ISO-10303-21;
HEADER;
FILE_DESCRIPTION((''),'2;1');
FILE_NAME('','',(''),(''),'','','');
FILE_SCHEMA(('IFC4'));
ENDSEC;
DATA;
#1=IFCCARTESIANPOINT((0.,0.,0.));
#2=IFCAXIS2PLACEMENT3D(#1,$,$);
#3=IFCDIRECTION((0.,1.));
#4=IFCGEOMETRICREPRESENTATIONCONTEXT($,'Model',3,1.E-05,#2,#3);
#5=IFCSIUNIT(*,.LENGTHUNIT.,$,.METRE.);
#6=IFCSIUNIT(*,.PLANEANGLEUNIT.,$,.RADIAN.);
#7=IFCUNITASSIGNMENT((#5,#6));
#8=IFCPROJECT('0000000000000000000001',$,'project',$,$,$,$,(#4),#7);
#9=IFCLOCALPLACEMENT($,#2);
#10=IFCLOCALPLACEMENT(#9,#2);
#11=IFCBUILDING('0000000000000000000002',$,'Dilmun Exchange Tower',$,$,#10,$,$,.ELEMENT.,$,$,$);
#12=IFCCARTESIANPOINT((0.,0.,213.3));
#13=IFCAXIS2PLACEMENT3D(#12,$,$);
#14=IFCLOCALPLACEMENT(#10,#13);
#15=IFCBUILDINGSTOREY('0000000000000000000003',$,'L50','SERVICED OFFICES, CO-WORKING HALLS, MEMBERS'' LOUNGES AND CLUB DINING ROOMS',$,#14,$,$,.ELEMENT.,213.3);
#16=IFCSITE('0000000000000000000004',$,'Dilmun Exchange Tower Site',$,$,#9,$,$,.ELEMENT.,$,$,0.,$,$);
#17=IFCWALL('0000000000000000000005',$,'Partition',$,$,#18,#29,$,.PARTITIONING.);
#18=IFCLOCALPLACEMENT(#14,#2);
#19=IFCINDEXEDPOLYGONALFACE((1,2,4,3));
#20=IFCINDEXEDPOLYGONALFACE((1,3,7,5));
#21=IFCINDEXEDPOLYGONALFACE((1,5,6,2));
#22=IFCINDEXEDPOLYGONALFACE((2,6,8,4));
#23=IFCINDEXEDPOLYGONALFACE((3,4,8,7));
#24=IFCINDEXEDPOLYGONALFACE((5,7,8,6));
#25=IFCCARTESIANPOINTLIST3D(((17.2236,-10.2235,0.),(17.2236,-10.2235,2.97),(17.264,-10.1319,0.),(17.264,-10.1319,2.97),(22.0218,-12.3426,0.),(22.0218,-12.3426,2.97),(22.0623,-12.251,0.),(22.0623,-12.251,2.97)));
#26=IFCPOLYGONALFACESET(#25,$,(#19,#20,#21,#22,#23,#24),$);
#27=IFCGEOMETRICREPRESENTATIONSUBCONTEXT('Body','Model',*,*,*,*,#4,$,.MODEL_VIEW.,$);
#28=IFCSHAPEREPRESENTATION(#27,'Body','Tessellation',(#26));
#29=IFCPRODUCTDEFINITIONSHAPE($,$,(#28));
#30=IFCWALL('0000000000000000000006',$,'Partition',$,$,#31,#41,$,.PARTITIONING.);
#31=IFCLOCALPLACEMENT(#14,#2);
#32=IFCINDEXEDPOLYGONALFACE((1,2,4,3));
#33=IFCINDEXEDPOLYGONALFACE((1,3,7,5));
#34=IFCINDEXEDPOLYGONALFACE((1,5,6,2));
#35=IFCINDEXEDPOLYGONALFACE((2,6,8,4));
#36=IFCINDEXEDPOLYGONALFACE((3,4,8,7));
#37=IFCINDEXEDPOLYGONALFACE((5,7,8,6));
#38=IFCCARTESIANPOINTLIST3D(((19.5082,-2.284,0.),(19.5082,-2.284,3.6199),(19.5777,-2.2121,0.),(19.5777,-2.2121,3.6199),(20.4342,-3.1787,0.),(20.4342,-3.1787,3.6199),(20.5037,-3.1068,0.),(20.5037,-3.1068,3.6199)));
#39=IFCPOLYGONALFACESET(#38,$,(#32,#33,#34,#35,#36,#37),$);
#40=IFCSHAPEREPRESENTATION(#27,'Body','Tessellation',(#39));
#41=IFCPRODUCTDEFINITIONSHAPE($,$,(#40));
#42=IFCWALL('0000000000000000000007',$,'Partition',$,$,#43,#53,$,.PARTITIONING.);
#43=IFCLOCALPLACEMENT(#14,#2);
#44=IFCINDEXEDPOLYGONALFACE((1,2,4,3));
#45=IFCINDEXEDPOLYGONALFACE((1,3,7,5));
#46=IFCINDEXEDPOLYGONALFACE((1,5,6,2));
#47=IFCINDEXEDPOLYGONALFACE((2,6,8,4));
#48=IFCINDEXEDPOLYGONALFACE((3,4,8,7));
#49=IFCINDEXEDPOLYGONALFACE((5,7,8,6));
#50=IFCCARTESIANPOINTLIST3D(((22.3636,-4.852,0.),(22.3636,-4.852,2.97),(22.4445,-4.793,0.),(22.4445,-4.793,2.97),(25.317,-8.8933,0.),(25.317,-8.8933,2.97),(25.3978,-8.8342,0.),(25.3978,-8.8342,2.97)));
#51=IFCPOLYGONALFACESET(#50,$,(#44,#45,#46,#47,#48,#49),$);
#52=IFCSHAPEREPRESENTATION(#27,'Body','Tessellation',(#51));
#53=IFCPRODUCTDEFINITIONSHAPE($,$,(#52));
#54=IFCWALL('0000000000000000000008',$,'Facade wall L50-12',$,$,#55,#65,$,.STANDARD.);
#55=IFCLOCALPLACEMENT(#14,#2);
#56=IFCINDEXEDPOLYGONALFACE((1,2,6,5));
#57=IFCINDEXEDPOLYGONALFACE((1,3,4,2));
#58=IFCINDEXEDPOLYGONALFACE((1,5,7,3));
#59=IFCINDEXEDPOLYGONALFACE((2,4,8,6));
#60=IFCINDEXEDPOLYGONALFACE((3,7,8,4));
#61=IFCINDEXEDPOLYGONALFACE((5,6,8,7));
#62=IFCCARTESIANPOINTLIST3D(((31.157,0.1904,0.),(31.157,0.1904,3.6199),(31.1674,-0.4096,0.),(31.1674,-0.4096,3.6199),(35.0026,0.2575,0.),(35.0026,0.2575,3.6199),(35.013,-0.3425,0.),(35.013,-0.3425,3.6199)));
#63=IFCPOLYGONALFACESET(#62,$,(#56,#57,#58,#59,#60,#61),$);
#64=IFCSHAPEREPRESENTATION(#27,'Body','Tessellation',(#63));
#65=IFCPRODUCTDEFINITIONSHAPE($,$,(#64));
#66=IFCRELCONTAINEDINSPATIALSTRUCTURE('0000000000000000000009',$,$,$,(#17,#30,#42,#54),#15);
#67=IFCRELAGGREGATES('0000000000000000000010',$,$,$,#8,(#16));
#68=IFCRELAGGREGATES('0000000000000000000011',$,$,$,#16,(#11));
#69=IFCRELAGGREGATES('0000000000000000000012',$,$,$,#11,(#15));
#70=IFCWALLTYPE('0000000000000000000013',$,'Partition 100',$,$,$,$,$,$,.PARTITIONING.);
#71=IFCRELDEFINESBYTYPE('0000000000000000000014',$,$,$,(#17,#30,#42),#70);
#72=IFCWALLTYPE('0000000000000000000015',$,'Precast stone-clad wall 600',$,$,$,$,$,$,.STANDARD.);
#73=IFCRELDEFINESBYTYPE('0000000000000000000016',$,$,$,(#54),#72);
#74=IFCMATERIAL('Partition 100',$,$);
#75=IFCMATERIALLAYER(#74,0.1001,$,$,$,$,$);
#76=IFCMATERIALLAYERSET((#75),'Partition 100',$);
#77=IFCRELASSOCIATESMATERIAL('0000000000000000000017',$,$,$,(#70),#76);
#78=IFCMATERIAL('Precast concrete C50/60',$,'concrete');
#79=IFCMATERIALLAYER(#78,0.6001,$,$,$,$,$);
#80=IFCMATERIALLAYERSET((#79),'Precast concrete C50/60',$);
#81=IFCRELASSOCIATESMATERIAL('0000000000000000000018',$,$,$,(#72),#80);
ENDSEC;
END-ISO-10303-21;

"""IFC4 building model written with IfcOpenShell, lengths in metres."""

from ifc_helpers import new_model, si_unit, direction, frame, frame_2d, origin, place, context, subcontext, project, spatial, rectangle, extrude, material, layer, layer_set, type_object, element, save


model = new_model("IFC4")

# Units and contexts
model_context = context("Model", 3, precision=1e-05, world=origin(), true_north=direction((0.0, 1.0)))
body_context = subcontext(model_context, "Body", "Model", "MODEL_VIEW")
ifc_project = project(units=[si_unit("LENGTHUNIT", "METRE"), si_unit("PLANEANGLEUNIT", "RADIAN")], contexts=[model_context])

# Site, building, storey
site_placement = place(None, origin())
site = spatial("IfcSite", under=ifc_project, at=site_placement, Name="Dilmun Exchange Tower Site", CompositionType="ELEMENT", RefElevation=0.0)
building_placement = place(site_placement, origin())
building = spatial("IfcBuilding", under=site, at=building_placement, Name="Dilmun Exchange Tower", CompositionType="ELEMENT")
storey_placement = place(building_placement, frame((0.0, 0.0, 213.3)))
storey = spatial("IfcBuildingStorey", under=building, at=storey_placement, Name="L50", Description="SERVICED OFFICES, CO-WORKING HALLS, MEMBERS' LOUNGES AND CLUB DINING ROOMS", CompositionType="ELEMENT", Elevation=213.3)

# Walls
ifc_material_1 = material(Name="Partition 100")
ifc_layer_1 = layer(ifc_material_1, 0.1001)
ifc_layer_set_1 = layer_set([ifc_layer_1], Name="Partition 100")
wall_type_1 = type_object("IfcWallType", Name="Partition 100", PredefinedType="PARTITIONING", material=ifc_layer_set_1)
wall_1_placement = place(storey_placement, frame((17.2439, -10.1777, 0.0), z_axis=(0.0, 0.0, 1.0), x_axis=(0.914761, -0.403995, 0.0)))
element("IfcWall", 1, at=wall_1_placement, inside=storey, type_object=wall_type_1, Name="Partition", PredefinedType="PARTITIONING", context=body_context, shape_type="SweptSolid", body=[
    extrude(rectangle(XDim=5.2454, YDim=0.1001, at=frame_2d((2.6226, 0.0))), origin(), (0.0, 0.0, 1.0), 2.97),
])
wall_2_placement = place(storey_placement, frame((19.543, -2.248, 0.0), z_axis=(0.0, 0.0, 1.0), x_axis=(0.719137, -0.694869, 0.0)))
element("IfcWall", 2, at=wall_2_placement, inside=storey, type_object=wall_type_1, Name="Partition", PredefinedType="PARTITIONING", context=body_context, shape_type="SweptSolid", body=[
    extrude(rectangle(XDim=1.2876, YDim=0.1001, at=frame_2d((0.6438, 0.0))), origin(), (0.0, 0.0, 1.0), 3.6199),
])
wall_3_placement = place(storey_placement, frame((22.4041, -4.8225, 0.0), z_axis=(0.0, 0.0, 1.0), x_axis=(0.590035, -0.807378, 0.0)))
element("IfcWall", 3, at=wall_3_placement, inside=storey, type_object=wall_type_1, Name="Partition", PredefinedType="PARTITIONING", context=body_context, shape_type="SweptSolid", body=[
    extrude(rectangle(XDim=5.0054, YDim=0.1001, at=frame_2d((2.5027, 0.0))), origin(), (0.0, 0.0, 1.0), 2.97),
])
ifc_material_2 = material(Name="Precast concrete C50/60", Category="concrete")
ifc_layer_2 = layer(ifc_material_2, 0.6001)
ifc_layer_set_2 = layer_set([ifc_layer_2], Name="Precast concrete C50/60")
wall_type_2 = type_object("IfcWallType", Name="Precast stone-clad wall 600", PredefinedType="STANDARD", material=ifc_layer_set_2)
wall_4_placement = place(storey_placement, frame((35.0078, -0.0425, 0.0), z_axis=(0.0, 0.0, 1.0), x_axis=(-0.999848, -0.017455, 0.0)))
element("IfcWall", 4, at=wall_4_placement, inside=storey, type_object=wall_type_2, Name="Facade wall L50-12", PredefinedType="STANDARD", context=body_context, shape_type="SweptSolid", body=[
    extrude(rectangle(XDim=3.8462, YDim=0.6001, at=frame_2d((1.9231, 0.0))), origin(), (0.0, 0.0, 1.0), 3.6199),
])

save(model, "model.ifc")
